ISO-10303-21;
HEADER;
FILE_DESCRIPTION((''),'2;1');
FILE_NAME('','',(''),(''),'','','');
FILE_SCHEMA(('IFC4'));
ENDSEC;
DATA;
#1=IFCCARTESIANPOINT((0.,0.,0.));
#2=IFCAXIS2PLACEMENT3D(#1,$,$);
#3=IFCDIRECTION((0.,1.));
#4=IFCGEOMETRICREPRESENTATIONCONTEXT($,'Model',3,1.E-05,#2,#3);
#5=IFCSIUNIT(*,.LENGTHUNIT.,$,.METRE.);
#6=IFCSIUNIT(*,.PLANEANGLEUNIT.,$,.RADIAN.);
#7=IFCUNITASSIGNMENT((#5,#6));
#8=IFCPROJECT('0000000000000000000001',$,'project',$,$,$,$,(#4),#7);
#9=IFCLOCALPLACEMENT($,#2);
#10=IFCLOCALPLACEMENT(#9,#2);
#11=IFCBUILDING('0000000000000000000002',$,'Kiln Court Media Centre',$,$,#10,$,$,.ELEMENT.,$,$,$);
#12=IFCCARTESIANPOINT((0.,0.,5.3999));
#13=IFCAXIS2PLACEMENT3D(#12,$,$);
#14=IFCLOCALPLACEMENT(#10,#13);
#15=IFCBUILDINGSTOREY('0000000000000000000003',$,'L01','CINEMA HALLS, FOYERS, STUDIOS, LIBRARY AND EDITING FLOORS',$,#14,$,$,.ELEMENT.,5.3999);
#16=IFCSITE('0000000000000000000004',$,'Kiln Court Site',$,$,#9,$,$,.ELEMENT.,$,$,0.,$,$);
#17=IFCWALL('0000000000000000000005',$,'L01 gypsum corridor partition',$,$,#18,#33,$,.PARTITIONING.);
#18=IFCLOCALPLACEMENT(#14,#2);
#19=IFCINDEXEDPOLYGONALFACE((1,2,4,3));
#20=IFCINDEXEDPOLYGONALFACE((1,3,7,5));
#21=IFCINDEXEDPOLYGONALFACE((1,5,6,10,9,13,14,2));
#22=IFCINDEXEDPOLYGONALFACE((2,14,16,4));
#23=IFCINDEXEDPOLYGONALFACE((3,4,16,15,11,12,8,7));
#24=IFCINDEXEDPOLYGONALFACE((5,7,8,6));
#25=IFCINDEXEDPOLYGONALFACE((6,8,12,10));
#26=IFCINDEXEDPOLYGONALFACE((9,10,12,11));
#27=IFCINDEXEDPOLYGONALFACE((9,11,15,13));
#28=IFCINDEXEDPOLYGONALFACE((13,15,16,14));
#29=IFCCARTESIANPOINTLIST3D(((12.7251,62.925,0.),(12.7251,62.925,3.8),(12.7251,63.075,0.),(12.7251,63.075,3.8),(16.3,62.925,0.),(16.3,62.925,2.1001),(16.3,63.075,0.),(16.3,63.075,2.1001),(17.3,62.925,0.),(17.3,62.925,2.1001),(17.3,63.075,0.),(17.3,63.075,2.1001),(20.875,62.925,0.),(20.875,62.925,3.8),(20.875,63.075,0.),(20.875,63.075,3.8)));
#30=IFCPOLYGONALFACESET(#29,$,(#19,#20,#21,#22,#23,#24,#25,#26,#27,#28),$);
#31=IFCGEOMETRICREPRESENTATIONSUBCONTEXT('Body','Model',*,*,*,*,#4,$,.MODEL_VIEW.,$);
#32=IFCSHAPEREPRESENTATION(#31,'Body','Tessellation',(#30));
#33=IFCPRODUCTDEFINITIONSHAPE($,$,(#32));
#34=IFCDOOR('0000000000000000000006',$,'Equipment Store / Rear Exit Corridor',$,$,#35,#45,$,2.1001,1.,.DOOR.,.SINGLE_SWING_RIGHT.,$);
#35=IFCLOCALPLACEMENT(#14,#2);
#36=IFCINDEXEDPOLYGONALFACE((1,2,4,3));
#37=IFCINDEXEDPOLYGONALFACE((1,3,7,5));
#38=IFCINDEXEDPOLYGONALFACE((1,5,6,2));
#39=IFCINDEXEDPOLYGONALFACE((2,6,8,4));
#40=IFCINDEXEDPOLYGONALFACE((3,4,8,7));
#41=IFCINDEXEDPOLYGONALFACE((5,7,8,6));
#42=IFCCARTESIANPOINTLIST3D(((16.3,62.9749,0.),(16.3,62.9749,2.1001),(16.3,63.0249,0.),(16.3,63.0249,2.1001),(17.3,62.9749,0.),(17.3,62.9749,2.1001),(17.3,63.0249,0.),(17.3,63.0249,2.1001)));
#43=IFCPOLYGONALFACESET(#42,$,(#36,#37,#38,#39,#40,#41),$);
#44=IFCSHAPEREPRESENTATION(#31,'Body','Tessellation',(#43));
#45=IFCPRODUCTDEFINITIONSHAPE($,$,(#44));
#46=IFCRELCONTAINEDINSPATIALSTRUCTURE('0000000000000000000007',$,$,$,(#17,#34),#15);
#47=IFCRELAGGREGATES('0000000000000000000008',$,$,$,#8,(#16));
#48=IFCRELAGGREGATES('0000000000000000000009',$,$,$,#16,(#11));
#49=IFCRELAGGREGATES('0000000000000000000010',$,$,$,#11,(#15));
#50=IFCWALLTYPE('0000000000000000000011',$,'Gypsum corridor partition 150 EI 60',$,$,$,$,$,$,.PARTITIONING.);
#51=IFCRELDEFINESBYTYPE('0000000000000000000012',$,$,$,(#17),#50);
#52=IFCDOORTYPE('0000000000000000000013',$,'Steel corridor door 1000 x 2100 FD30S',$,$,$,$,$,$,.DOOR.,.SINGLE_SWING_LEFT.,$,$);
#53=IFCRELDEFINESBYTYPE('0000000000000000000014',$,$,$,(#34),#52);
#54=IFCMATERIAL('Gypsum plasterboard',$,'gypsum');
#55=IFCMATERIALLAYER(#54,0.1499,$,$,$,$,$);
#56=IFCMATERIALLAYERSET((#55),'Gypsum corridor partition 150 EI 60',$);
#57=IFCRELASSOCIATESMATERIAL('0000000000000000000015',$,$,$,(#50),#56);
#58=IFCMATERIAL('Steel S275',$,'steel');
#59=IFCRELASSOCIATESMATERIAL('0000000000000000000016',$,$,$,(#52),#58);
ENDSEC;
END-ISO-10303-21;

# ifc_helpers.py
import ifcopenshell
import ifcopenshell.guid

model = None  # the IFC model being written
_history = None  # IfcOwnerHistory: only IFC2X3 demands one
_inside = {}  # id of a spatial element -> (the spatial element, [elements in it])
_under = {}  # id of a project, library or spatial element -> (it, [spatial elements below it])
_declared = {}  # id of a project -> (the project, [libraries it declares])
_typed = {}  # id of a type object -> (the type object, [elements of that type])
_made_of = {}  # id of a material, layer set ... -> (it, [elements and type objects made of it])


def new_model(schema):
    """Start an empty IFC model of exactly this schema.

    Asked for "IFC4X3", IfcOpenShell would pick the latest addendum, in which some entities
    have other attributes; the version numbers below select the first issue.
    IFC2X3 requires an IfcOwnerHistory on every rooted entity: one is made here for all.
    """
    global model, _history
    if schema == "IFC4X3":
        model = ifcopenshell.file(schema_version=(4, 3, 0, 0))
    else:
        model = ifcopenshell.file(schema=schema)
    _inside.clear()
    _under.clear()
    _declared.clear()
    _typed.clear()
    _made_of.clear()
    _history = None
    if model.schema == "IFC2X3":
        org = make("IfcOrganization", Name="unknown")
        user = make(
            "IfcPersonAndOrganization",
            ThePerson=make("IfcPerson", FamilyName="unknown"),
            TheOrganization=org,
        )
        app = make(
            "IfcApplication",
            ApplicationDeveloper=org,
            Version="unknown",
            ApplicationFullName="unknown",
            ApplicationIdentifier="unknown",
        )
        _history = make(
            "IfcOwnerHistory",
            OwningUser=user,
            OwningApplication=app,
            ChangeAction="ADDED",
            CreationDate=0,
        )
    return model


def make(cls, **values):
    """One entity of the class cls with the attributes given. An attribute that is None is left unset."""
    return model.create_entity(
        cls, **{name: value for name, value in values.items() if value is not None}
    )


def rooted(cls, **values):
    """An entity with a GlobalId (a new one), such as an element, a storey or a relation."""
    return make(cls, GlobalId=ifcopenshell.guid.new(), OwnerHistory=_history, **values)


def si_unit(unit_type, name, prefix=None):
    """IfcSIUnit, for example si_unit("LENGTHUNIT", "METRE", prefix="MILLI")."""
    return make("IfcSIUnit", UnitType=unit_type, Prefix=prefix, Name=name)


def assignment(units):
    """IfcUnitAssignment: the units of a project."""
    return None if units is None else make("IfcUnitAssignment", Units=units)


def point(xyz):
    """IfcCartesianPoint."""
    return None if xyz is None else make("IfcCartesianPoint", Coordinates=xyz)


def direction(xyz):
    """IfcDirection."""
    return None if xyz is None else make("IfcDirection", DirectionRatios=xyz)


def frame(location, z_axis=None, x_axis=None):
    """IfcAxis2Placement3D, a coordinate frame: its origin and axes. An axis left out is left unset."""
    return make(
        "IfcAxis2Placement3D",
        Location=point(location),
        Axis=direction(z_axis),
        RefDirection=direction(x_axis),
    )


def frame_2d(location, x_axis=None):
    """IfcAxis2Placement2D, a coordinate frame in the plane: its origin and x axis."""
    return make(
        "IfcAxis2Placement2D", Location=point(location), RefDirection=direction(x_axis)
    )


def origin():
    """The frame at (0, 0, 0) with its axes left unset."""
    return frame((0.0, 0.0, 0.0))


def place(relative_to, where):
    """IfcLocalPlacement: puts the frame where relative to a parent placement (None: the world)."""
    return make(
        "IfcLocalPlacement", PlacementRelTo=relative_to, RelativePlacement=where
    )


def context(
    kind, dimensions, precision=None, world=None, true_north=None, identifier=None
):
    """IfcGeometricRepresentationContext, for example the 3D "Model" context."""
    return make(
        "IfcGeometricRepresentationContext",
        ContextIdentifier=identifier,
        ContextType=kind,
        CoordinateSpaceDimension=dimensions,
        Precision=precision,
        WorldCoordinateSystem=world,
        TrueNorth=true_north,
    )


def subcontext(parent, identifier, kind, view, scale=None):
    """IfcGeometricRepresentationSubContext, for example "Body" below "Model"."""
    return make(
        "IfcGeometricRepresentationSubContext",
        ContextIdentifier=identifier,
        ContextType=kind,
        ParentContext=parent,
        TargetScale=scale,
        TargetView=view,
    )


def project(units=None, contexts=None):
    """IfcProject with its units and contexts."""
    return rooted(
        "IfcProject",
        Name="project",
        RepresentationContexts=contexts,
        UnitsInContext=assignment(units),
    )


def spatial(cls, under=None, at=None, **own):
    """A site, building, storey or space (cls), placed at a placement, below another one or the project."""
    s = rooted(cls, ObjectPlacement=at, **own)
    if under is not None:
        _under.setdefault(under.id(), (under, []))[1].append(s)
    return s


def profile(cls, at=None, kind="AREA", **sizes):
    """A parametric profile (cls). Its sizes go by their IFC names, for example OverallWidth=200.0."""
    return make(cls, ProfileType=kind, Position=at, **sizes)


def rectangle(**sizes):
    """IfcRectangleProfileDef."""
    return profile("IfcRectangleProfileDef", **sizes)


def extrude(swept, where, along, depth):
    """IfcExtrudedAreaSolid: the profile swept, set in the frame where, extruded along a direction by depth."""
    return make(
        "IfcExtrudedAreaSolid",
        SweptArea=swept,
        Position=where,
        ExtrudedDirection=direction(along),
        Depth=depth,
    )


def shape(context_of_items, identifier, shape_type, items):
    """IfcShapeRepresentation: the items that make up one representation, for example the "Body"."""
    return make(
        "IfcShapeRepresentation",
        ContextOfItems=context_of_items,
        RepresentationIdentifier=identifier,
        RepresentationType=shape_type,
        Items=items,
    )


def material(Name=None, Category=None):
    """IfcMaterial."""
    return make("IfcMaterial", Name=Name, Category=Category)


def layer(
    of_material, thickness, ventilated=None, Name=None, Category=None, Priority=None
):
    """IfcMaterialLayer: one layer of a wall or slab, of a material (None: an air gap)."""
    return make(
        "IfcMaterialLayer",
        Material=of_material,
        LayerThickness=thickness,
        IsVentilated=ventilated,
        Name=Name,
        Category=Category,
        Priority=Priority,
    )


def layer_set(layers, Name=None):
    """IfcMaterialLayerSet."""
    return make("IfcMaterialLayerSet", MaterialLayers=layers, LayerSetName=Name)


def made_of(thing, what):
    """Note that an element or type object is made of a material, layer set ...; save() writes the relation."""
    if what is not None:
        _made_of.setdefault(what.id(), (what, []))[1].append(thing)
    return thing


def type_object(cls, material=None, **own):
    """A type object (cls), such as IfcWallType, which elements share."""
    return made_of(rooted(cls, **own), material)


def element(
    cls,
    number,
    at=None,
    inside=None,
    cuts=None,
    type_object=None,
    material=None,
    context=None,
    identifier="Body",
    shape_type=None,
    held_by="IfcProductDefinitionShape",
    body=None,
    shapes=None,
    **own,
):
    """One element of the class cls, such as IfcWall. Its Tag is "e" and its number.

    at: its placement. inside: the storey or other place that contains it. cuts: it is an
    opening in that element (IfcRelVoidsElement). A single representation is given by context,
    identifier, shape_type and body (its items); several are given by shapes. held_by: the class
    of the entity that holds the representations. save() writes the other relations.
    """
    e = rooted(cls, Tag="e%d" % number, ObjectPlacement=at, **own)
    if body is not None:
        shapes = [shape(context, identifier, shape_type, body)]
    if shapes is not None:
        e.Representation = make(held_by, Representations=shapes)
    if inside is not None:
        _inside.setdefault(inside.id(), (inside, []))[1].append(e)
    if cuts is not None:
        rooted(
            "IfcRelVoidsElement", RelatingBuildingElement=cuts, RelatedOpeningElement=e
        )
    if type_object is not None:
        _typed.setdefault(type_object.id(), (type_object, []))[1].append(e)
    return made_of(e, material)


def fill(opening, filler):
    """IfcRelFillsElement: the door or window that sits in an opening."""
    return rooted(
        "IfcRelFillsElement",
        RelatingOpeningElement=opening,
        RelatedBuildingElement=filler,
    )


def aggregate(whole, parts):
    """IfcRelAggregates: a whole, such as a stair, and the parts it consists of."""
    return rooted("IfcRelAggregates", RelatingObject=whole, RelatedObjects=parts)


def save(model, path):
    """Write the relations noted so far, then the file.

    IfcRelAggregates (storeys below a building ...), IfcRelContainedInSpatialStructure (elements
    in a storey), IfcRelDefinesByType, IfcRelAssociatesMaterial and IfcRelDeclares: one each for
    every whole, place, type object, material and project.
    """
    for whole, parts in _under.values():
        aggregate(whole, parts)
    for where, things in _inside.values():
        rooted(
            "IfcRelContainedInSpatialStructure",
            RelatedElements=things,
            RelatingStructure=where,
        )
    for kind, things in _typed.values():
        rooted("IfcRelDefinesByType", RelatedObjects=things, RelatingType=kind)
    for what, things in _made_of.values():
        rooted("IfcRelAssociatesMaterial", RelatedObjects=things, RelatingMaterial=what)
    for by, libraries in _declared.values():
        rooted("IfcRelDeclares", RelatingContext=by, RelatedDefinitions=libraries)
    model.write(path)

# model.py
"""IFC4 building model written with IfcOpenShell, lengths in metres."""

from ifc_helpers import new_model, si_unit, direction, frame, frame_2d, origin, place, context, subcontext, project, spatial, rectangle, extrude, material, layer, layer_set, type_object, element, fill, save


model = new_model("IFC4")

# Units and contexts
model_context = context("Model", 3, precision=1e-05, world=origin(), true_north=direction((0.0, 1.0)))
body_context = subcontext(model_context, "Body", "Model", "MODEL_VIEW")
ifc_project = project(units=[si_unit("LENGTHUNIT", "METRE"), si_unit("PLANEANGLEUNIT", "RADIAN")], contexts=[model_context])

# Site, building, storey
site_placement = place(None, origin())
site = spatial("IfcSite", under=ifc_project, at=site_placement, Name="Kiln Court Site", CompositionType="ELEMENT", RefElevation=0.0)
building_placement = place(site_placement, origin())
building = spatial("IfcBuilding", under=site, at=building_placement, Name="Kiln Court Media Centre", CompositionType="ELEMENT")
storey_placement = place(building_placement, frame((0.0, 0.0, 5.3999)))
storey = spatial("IfcBuildingStorey", under=building, at=storey_placement, Name="L01", Description="CINEMA HALLS, FOYERS, STUDIOS, LIBRARY AND EDITING FLOORS", CompositionType="ELEMENT", Elevation=5.3999)

# Wall, opening, door
ifc_material_1 = material(Name="Gypsum plasterboard", Category="gypsum")
ifc_layer_1 = layer(ifc_material_1, 0.1499)
ifc_layer_set_1 = layer_set([ifc_layer_1], Name="Gypsum corridor partition 150 EI 60")
wall_type_1 = type_object("IfcWallType", Name="Gypsum corridor partition 150 EI 60", PredefinedType="PARTITIONING", material=ifc_layer_set_1)
wall_1_placement = place(storey_placement, frame((12.7251, 63.0, 0.0), z_axis=(0.0, 0.0, 1.0), x_axis=(1.0, 0.0, 0.0)))
wall_1 = element("IfcWall", 1, at=wall_1_placement, inside=storey, type_object=wall_type_1, Name="L01 gypsum corridor partition", PredefinedType="PARTITIONING", context=body_context, shape_type="SweptSolid", body=[
    extrude(rectangle(XDim=8.1499, YDim=0.1499, at=frame_2d((4.075, 0.0))), origin(), (0.0, 0.0, 1.0), 3.8),
])
opening_1_placement = place(wall_1_placement, frame((3.575, 0.0, 0.0)))
opening_1 = element("IfcOpeningElement", 2, at=opening_1_placement, cuts=wall_1, PredefinedType="OPENING", context=body_context, shape_type="SweptSolid", body=[
    extrude(rectangle(XDim=1.0, YDim=2.1001, at=frame_2d((0.5, 1.05))), frame((0.0, 0.085, 0.0), z_axis=(0.0, -1.0, 0.0), x_axis=(1.0, 0.0, 0.0)), (0.0, 0.0, 1.0), 0.1699),
])
ifc_material_2 = material(Name="Steel S275", Category="steel")
door_type_1 = type_object("IfcDoorType", Name="Steel corridor door 1000 x 2100 FD30S", OperationType="SINGLE_SWING_LEFT", PredefinedType="DOOR", material=ifc_material_2)
door_1_placement = place(opening_1_placement, origin())
door_1 = element("IfcDoor", 3, at=door_1_placement, inside=storey, type_object=door_type_1, Name="Equipment Store / Rear Exit Corridor", OperationType="SINGLE_SWING_RIGHT", OverallHeight=2.1001, OverallWidth=1.0, PredefinedType="DOOR", context=body_context, shape_type="SweptSolid", body=[
    extrude(rectangle(XDim=1.0, YDim=2.1001, at=frame_2d((0.5, 1.05))), frame((0.0, 0.0249, 0.0), z_axis=(0.0, -1.0, 0.0), x_axis=(1.0, 0.0, 0.0)), (0.0, 0.0, 1.0), 0.05),
])
fill(opening_1, door_1)

save(model, "model.ifc")
